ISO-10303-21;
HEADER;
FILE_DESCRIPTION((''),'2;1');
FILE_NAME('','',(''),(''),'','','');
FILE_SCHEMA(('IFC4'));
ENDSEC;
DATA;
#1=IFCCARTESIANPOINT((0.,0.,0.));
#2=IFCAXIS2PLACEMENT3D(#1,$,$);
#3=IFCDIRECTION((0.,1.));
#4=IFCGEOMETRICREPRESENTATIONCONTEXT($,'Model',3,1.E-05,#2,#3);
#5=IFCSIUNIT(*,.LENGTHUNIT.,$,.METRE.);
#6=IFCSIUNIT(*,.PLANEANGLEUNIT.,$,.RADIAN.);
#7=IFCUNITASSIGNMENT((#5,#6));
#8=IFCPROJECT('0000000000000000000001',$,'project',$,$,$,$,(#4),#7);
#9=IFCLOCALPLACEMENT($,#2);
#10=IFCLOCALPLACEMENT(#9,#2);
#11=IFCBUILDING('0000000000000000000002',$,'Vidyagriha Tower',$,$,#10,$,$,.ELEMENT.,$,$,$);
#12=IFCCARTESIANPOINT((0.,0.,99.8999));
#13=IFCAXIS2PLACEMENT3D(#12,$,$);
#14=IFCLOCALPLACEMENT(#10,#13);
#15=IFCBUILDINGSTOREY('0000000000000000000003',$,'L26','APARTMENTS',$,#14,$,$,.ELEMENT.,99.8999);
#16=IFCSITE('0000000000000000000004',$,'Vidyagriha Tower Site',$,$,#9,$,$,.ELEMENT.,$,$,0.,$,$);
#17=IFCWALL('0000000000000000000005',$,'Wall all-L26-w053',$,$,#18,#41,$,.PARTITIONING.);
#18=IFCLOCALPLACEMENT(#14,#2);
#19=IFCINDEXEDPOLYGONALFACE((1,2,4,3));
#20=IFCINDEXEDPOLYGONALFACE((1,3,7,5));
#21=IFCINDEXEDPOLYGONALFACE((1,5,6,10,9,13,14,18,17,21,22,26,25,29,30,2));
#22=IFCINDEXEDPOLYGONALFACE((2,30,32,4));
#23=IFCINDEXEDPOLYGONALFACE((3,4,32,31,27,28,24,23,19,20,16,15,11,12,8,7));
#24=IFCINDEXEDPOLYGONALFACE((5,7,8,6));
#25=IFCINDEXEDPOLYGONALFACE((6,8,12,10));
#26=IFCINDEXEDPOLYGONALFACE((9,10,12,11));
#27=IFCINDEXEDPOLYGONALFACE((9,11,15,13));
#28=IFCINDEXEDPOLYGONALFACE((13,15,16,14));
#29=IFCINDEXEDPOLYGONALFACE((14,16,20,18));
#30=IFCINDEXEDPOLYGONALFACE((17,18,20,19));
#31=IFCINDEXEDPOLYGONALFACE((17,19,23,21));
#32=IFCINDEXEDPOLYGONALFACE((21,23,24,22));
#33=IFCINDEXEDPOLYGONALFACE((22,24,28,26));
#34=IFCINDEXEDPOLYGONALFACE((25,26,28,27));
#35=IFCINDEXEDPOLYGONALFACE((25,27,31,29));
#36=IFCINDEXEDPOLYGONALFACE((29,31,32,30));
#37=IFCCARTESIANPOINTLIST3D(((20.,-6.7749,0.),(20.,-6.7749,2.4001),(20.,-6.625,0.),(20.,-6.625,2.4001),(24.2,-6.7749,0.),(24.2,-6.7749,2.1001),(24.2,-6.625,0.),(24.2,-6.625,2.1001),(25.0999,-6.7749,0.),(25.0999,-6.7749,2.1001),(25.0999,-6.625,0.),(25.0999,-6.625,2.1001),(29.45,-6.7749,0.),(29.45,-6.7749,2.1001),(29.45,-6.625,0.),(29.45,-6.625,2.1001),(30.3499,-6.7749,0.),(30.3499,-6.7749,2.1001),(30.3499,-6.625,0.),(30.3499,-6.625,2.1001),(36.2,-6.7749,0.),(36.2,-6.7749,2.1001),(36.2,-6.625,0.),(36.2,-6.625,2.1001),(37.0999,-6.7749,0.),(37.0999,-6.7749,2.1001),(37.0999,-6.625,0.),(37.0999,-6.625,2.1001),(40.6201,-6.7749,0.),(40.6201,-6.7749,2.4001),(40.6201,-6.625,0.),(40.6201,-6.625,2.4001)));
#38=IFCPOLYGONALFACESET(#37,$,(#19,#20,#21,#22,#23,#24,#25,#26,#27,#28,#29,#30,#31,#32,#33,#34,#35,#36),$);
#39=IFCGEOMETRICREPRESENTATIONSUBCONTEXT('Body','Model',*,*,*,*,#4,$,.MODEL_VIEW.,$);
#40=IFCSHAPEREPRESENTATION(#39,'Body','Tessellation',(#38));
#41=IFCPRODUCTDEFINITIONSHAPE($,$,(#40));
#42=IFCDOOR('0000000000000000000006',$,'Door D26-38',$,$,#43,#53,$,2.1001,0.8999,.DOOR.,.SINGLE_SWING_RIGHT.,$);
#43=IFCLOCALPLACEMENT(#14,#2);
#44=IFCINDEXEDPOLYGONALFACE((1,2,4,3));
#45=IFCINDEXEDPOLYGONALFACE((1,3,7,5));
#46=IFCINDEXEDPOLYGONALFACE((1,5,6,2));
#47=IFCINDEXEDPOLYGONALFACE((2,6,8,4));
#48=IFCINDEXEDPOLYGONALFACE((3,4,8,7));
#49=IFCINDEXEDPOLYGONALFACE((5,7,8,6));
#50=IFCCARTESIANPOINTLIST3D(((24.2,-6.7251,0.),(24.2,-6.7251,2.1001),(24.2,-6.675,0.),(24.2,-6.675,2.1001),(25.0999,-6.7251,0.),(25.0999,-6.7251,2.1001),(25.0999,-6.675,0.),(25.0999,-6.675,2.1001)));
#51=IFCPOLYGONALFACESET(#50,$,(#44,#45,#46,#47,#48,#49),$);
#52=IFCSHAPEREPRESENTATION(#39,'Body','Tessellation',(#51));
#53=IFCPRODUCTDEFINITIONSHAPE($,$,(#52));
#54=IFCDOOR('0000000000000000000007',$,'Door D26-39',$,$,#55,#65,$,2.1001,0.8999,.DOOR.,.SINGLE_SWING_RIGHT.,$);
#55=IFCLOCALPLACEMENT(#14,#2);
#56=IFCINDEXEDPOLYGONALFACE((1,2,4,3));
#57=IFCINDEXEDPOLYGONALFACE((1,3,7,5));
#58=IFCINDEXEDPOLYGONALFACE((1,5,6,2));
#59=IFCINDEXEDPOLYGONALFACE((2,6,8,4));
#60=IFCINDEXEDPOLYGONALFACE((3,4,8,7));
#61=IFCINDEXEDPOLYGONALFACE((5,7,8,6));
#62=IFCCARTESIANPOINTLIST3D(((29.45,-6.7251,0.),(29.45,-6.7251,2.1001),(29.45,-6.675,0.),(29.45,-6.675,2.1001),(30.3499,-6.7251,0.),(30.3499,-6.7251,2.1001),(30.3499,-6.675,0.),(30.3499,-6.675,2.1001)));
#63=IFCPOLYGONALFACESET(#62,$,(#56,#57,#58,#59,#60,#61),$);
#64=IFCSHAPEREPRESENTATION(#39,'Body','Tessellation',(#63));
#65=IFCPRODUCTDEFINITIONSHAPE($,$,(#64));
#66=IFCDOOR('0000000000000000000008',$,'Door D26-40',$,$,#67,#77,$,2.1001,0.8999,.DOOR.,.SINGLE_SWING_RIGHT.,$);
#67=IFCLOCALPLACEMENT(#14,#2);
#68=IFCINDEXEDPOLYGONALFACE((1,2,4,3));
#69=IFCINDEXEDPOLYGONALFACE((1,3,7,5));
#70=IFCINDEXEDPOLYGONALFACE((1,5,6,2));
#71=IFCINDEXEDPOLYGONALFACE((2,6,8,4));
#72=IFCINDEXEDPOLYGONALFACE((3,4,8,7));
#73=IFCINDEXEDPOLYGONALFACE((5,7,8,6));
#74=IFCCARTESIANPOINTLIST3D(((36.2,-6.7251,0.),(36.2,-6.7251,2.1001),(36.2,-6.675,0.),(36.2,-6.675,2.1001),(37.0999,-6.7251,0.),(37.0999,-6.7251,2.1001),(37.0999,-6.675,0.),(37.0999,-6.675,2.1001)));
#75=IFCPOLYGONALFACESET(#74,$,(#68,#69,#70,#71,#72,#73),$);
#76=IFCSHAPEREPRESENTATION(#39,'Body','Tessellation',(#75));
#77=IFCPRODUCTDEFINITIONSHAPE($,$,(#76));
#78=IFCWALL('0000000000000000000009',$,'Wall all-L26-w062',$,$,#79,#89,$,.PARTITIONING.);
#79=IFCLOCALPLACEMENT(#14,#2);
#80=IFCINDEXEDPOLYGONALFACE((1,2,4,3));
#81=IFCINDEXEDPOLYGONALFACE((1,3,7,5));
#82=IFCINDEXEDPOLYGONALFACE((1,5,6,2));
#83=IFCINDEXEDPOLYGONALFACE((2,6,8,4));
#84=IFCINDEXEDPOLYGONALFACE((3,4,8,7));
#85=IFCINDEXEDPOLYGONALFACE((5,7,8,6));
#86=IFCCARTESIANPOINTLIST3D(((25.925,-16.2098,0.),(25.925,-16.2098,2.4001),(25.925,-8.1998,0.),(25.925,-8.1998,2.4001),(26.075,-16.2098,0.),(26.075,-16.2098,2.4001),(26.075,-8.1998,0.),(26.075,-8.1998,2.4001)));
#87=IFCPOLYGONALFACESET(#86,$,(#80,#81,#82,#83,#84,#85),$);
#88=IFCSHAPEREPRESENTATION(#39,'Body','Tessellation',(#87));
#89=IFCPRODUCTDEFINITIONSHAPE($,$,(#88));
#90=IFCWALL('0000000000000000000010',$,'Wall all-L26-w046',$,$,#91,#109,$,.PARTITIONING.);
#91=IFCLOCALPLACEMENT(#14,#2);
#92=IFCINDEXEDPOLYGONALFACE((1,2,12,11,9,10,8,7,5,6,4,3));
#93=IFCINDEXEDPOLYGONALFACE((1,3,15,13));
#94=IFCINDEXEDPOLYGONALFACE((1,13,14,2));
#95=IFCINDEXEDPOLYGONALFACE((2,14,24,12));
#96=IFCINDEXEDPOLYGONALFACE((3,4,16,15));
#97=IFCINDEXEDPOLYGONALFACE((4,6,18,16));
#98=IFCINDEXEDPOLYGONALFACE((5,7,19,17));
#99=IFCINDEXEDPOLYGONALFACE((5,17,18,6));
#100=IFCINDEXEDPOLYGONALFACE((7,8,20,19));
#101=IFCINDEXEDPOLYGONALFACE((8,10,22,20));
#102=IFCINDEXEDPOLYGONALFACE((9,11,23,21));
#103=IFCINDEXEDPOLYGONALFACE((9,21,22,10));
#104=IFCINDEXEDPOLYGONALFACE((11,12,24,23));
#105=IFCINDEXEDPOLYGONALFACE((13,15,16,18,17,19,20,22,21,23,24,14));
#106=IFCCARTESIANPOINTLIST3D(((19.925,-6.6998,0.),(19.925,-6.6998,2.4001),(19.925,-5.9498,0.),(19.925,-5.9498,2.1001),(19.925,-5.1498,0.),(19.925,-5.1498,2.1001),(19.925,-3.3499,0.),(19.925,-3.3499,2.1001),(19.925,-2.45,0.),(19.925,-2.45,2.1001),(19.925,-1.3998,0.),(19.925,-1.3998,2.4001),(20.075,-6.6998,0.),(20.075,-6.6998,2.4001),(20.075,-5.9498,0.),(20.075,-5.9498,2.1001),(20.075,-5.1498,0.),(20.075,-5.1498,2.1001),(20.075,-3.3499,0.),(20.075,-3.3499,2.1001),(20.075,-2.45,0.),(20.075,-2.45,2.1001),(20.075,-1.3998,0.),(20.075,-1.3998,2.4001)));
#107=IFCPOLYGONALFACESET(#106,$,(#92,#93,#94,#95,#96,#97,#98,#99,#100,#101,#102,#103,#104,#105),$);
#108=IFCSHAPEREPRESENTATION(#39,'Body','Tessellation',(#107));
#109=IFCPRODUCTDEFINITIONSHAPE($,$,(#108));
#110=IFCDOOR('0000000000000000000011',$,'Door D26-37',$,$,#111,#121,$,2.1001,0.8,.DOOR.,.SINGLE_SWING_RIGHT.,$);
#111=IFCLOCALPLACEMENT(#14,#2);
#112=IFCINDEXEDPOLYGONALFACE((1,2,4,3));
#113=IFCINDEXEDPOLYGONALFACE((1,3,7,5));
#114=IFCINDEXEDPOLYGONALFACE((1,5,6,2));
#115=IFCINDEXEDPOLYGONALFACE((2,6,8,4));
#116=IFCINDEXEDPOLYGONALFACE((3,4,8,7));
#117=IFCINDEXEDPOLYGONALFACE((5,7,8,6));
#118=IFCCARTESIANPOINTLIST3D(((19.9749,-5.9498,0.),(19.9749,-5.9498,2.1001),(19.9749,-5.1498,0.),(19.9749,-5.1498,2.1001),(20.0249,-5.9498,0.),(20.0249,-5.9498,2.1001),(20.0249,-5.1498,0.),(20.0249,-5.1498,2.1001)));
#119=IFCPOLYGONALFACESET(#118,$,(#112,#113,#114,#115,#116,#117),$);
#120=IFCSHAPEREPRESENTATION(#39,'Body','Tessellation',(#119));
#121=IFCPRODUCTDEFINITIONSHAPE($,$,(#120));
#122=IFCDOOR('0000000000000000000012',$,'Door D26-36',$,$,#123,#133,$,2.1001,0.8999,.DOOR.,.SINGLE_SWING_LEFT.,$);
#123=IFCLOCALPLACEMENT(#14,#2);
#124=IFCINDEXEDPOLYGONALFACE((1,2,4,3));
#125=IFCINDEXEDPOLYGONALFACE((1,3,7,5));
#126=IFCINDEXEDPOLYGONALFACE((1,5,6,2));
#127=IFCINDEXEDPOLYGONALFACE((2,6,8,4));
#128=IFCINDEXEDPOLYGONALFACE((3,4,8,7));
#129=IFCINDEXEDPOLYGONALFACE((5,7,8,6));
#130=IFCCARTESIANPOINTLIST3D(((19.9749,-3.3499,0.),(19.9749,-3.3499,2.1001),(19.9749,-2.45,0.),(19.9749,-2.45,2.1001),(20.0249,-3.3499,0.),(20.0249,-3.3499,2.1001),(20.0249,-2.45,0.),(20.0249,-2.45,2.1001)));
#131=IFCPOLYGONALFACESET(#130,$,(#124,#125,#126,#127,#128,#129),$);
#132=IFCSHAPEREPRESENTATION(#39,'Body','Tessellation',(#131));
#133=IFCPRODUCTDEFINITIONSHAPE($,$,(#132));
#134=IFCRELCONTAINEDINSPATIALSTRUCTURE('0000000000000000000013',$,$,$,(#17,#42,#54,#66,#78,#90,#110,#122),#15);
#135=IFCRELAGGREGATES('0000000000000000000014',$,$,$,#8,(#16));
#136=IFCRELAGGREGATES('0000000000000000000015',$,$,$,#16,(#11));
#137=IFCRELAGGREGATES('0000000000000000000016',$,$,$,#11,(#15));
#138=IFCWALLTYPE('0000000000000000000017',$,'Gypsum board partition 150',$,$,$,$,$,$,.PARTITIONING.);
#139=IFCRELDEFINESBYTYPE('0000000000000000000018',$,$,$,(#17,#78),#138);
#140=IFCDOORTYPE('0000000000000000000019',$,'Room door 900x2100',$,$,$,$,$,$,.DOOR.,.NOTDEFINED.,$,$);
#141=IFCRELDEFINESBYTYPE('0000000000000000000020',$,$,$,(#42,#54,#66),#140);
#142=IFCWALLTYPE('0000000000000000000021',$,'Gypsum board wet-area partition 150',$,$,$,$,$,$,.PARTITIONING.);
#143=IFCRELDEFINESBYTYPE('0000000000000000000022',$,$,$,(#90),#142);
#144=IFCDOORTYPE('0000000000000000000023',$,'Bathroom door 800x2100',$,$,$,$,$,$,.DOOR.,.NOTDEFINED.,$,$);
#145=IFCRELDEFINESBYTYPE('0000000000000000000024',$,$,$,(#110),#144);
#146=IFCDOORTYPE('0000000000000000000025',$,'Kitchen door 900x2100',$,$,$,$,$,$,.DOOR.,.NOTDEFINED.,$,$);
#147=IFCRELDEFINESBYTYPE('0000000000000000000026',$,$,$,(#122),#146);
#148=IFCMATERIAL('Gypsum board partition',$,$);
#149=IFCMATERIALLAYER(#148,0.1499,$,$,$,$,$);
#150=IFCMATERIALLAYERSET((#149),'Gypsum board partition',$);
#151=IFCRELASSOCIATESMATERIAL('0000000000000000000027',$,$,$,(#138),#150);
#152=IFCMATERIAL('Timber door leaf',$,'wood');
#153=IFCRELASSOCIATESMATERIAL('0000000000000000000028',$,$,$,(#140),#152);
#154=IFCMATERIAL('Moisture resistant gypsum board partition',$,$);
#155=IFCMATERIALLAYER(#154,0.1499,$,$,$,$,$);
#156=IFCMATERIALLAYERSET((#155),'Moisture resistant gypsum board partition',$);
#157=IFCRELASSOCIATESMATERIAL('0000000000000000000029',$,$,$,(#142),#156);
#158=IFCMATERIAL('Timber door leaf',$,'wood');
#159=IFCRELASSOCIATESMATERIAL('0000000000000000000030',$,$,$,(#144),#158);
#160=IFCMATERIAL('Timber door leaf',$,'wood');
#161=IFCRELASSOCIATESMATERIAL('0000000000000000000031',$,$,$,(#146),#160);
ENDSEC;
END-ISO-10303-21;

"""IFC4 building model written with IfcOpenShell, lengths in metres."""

from ifc_helpers import new_model, si_unit, direction, frame, frame_2d, origin, place, context, subcontext, project, spatial, rectangle, extrude, material, layer, layer_set, type_object, element, fill, save


model = new_model("IFC4")

# Units and contexts
model_context = context("Model", 3, precision=1e-05, world=origin(), true_north=direction((0.0, 1.0)))
body_context = subcontext(model_context, "Body", "Model", "MODEL_VIEW")
ifc_project = project(units=[si_unit("LENGTHUNIT", "METRE"), si_unit("PLANEANGLEUNIT", "RADIAN")], contexts=[model_context])

# Site, building, storey
site_placement = place(None, origin())
site = spatial("IfcSite", under=ifc_project, at=site_placement, Name="Vidyagriha Tower Site", CompositionType="ELEMENT", RefElevation=0.0)
building_placement = place(site_placement, origin())
building = spatial("IfcBuilding", under=site, at=building_placement, Name="Vidyagriha Tower", CompositionType="ELEMENT")
storey_placement = place(building_placement, frame((0.0, 0.0, 99.8999)))
storey = spatial("IfcBuildingStorey", under=building, at=storey_placement, Name="L26", Description="APARTMENTS", CompositionType="ELEMENT", Elevation=99.8999)

# Shared definitions
ifc_material_1 = material(Name="Gypsum board partition")
ifc_layer_1 = layer(ifc_material_1, 0.1499)
ifc_layer_set_1 = layer_set([ifc_layer_1], Name="Gypsum board partition")
wall_type_1 = type_object("IfcWallType", Name="Gypsum board partition 150", PredefinedType="PARTITIONING", material=ifc_layer_set_1)
ifc_material_2 = material(Name="Timber door leaf", Category="wood")
door_type_1 = type_object("IfcDoorType", Name="Room door 900x2100", OperationType="NOTDEFINED", PredefinedType="DOOR", material=ifc_material_2)

# Wall, openings, doors
wall_1_placement = place(storey_placement, frame((20.0, -6.7, 0.0)))
wall_1 = element("IfcWall", 1, at=wall_1_placement, inside=storey, type_object=wall_type_1, Name="Wall all-L26-w053", PredefinedType="PARTITIONING", context=body_context, shape_type="SweptSolid", body=[
    extrude(rectangle(XDim=20.6201, YDim=0.1499, at=frame_2d((10.3101, 0.0))), origin(), (0.0, 0.0, 1.0), 2.4001),
])
opening_1_placement = place(wall_1_placement, frame((4.2, 0.0, 0.0)))
opening_1 = element("IfcOpeningElement", 2, at=opening_1_placement, cuts=wall_1, PredefinedType="OPENING", context=body_context, shape_type="SweptSolid", body=[
    extrude(rectangle(XDim=0.8999, YDim=2.1001, at=frame_2d((0.45, 1.05))), frame((0.0, 0.085, 0.0), z_axis=(0.0, -1.0, 0.0), x_axis=(1.0, 0.0, 0.0)), (0.0, 0.0, 1.0), 0.1699),
])
opening_2_placement = place(wall_1_placement, frame((9.45, 0.0, 0.0)))
opening_2 = element("IfcOpeningElement", 3, at=opening_2_placement, cuts=wall_1, PredefinedType="OPENING", context=body_context, shape_type="SweptSolid", body=[
    extrude(rectangle(XDim=0.8999, YDim=2.1001, at=frame_2d((0.45, 1.05))), frame((0.0, 0.085, 0.0), z_axis=(0.0, -1.0, 0.0), x_axis=(1.0, 0.0, 0.0)), (0.0, 0.0, 1.0), 0.1699),
])
opening_3_placement = place(wall_1_placement, frame((16.2, 0.0, 0.0)))
opening_3 = element("IfcOpeningElement", 4, at=opening_3_placement, cuts=wall_1, PredefinedType="OPENING", context=body_context, shape_type="SweptSolid", body=[
    extrude(rectangle(XDim=0.8999, YDim=2.1001, at=frame_2d((0.45, 1.05))), frame((0.0, 0.085, 0.0), z_axis=(0.0, -1.0, 0.0), x_axis=(1.0, 0.0, 0.0)), (0.0, 0.0, 1.0), 0.1699),
])
door_1_placement = place(opening_1_placement, origin())
door_1 = element("IfcDoor", 5, at=door_1_placement, inside=storey, type_object=door_type_1, Name="Door D26-38", OperationType="SINGLE_SWING_RIGHT", OverallHeight=2.1001, OverallWidth=0.8999, PredefinedType="DOOR", context=body_context, shape_type="SweptSolid", body=[
    extrude(rectangle(XDim=0.8999, YDim=2.1001, at=frame_2d((0.45, 1.05))), frame((0.0, 0.0249, 0.0), z_axis=(0.0, -1.0, 0.0), x_axis=(1.0, 0.0, 0.0)), (0.0, 0.0, 1.0), 0.05),
])
fill(opening_1, door_1)
door_2_placement = place(opening_2_placement, origin())
door_2 = element("IfcDoor", 6, at=door_2_placement, inside=storey, type_object=door_type_1, Name="Door D26-39", OperationType="SINGLE_SWING_RIGHT", OverallHeight=2.1001, OverallWidth=0.8999, PredefinedType="DOOR", context=body_context, shape_type="SweptSolid", body=[
    extrude(rectangle(XDim=0.8999, YDim=2.1001, at=frame_2d((0.45, 1.05))), frame((0.0, 0.0249, 0.0), z_axis=(0.0, -1.0, 0.0), x_axis=(1.0, 0.0, 0.0)), (0.0, 0.0, 1.0), 0.05),
])
fill(opening_2, door_2)
door_3_placement = place(opening_3_placement, origin())
door_3 = element("IfcDoor", 7, at=door_3_placement, inside=storey, type_object=door_type_1, Name="Door D26-40", OperationType="SINGLE_SWING_RIGHT", OverallHeight=2.1001, OverallWidth=0.8999, PredefinedType="DOOR", context=body_context, shape_type="SweptSolid", body=[
    extrude(rectangle(XDim=0.8999, YDim=2.1001, at=frame_2d((0.45, 1.05))), frame((0.0, 0.0249, 0.0), z_axis=(0.0, -1.0, 0.0), x_axis=(1.0, 0.0, 0.0)), (0.0, 0.0, 1.0), 0.05),
])
fill(opening_3, door_3)

# Wall
wall_2_placement = place(storey_placement, frame((26.0, -8.2, 0.0), z_axis=(0.0, 0.0, 1.0), x_axis=(0.0, -1.0, 0.0)))
element("IfcWall", 8, at=wall_2_placement, inside=storey, type_object=wall_type_1, Name="Wall all-L26-w062", PredefinedType="PARTITIONING", context=body_context, shape_type="SweptSolid", body=[
    extrude(rectangle(XDim=8.01, YDim=0.1499, at=frame_2d((4.0049, 0.0))), origin(), (0.0, 0.0, 1.0), 2.4001),
])

# Wall, openings, doors
ifc_material_3 = material(Name="Moisture resistant gypsum board partition")
ifc_layer_2 = layer(ifc_material_3, 0.1499)
ifc_layer_set_2 = layer_set([ifc_layer_2], Name="Moisture resistant gypsum board partition")
wall_type_2 = type_object("IfcWallType", Name="Gypsum board wet-area partition 150", PredefinedType="PARTITIONING", material=ifc_layer_set_2)
wall_3_placement = place(storey_placement, frame((20.0, -1.3999, 0.0), z_axis=(0.0, 0.0, 1.0), x_axis=(0.0, -1.0, 0.0)))
wall_3 = element("IfcWall", 9, at=wall_3_placement, inside=storey, type_object=wall_type_2, Name="Wall all-L26-w046", PredefinedType="PARTITIONING", context=body_context, shape_type="SweptSolid", body=[
    extrude(rectangle(XDim=5.3, YDim=0.1499, at=frame_2d((2.6499, 0.0))), origin(), (0.0, 0.0, 1.0), 2.4001),
])
opening_4_placement = place(wall_3_placement, frame((1.05, 0.0, 0.0)))
opening_4 = element("IfcOpeningElement", 10, at=opening_4_placement, cuts=wall_3, PredefinedType="OPENING", context=body_context, shape_type="SweptSolid", body=[
    extrude(rectangle(XDim=0.8999, YDim=2.1001, at=frame_2d((0.45, 1.05))), frame((0.0, 0.085, 0.0), z_axis=(0.0, -1.0, 0.0), x_axis=(1.0, 0.0, 0.0)), (0.0, 0.0, 1.0), 0.1699),
])
opening_5_placement = place(wall_3_placement, frame((3.75, 0.0, 0.0)))
opening_5 = element("IfcOpeningElement", 11, at=opening_5_placement, cuts=wall_3, PredefinedType="OPENING", context=body_context, shape_type="SweptSolid", body=[
    extrude(rectangle(XDim=0.8, YDim=2.1001, at=frame_2d((0.3999, 1.05))), frame((0.0, 0.085, 0.0), z_axis=(0.0, -1.0, 0.0), x_axis=(1.0, 0.0, 0.0)), (0.0, 0.0, 1.0), 0.1699),
])
ifc_material_4 = material(Name="Timber door leaf", Category="wood")
door_type_2 = type_object("IfcDoorType", Name="Bathroom door 800x2100", OperationType="NOTDEFINED", PredefinedType="DOOR", material=ifc_material_4)
door_4_placement = place(opening_5_placement, origin())
door_4 = element("IfcDoor", 12, at=door_4_placement, inside=storey, type_object=door_type_2, Name="Door D26-37", OperationType="SINGLE_SWING_RIGHT", OverallHeight=2.1001, OverallWidth=0.8, PredefinedType="DOOR", context=body_context, shape_type="SweptSolid", body=[
    extrude(rectangle(XDim=0.8, YDim=2.1001, at=frame_2d((0.3999, 1.05))), frame((0.0, 0.0249, 0.0), z_axis=(0.0, -1.0, 0.0), x_axis=(1.0, 0.0, 0.0)), (0.0, 0.0, 1.0), 0.05),
])
fill(opening_5, door_4)
ifc_material_5 = material(Name="Timber door leaf", Category="wood")
door_type_3 = type_object("IfcDoorType", Name="Kitchen door 900x2100", OperationType="NOTDEFINED", PredefinedType="DOOR", material=ifc_material_5)
door_5_placement = place(opening_4_placement, origin())
door_5 = element("IfcDoor", 13, at=door_5_placement, inside=storey, type_object=door_type_3, Name="Door D26-36", OperationType="SINGLE_SWING_LEFT", OverallHeight=2.1001, OverallWidth=0.8999, PredefinedType="DOOR", context=body_context, shape_type="SweptSolid", body=[
    extrude(rectangle(XDim=0.8999, YDim=2.1001, at=frame_2d((0.45, 1.05))), frame((0.0, 0.0249, 0.0), z_axis=(0.0, -1.0, 0.0), x_axis=(1.0, 0.0, 0.0)), (0.0, 0.0, 1.0), 0.05),
])
fill(opening_4, door_5)

save(model, "model.ifc")
